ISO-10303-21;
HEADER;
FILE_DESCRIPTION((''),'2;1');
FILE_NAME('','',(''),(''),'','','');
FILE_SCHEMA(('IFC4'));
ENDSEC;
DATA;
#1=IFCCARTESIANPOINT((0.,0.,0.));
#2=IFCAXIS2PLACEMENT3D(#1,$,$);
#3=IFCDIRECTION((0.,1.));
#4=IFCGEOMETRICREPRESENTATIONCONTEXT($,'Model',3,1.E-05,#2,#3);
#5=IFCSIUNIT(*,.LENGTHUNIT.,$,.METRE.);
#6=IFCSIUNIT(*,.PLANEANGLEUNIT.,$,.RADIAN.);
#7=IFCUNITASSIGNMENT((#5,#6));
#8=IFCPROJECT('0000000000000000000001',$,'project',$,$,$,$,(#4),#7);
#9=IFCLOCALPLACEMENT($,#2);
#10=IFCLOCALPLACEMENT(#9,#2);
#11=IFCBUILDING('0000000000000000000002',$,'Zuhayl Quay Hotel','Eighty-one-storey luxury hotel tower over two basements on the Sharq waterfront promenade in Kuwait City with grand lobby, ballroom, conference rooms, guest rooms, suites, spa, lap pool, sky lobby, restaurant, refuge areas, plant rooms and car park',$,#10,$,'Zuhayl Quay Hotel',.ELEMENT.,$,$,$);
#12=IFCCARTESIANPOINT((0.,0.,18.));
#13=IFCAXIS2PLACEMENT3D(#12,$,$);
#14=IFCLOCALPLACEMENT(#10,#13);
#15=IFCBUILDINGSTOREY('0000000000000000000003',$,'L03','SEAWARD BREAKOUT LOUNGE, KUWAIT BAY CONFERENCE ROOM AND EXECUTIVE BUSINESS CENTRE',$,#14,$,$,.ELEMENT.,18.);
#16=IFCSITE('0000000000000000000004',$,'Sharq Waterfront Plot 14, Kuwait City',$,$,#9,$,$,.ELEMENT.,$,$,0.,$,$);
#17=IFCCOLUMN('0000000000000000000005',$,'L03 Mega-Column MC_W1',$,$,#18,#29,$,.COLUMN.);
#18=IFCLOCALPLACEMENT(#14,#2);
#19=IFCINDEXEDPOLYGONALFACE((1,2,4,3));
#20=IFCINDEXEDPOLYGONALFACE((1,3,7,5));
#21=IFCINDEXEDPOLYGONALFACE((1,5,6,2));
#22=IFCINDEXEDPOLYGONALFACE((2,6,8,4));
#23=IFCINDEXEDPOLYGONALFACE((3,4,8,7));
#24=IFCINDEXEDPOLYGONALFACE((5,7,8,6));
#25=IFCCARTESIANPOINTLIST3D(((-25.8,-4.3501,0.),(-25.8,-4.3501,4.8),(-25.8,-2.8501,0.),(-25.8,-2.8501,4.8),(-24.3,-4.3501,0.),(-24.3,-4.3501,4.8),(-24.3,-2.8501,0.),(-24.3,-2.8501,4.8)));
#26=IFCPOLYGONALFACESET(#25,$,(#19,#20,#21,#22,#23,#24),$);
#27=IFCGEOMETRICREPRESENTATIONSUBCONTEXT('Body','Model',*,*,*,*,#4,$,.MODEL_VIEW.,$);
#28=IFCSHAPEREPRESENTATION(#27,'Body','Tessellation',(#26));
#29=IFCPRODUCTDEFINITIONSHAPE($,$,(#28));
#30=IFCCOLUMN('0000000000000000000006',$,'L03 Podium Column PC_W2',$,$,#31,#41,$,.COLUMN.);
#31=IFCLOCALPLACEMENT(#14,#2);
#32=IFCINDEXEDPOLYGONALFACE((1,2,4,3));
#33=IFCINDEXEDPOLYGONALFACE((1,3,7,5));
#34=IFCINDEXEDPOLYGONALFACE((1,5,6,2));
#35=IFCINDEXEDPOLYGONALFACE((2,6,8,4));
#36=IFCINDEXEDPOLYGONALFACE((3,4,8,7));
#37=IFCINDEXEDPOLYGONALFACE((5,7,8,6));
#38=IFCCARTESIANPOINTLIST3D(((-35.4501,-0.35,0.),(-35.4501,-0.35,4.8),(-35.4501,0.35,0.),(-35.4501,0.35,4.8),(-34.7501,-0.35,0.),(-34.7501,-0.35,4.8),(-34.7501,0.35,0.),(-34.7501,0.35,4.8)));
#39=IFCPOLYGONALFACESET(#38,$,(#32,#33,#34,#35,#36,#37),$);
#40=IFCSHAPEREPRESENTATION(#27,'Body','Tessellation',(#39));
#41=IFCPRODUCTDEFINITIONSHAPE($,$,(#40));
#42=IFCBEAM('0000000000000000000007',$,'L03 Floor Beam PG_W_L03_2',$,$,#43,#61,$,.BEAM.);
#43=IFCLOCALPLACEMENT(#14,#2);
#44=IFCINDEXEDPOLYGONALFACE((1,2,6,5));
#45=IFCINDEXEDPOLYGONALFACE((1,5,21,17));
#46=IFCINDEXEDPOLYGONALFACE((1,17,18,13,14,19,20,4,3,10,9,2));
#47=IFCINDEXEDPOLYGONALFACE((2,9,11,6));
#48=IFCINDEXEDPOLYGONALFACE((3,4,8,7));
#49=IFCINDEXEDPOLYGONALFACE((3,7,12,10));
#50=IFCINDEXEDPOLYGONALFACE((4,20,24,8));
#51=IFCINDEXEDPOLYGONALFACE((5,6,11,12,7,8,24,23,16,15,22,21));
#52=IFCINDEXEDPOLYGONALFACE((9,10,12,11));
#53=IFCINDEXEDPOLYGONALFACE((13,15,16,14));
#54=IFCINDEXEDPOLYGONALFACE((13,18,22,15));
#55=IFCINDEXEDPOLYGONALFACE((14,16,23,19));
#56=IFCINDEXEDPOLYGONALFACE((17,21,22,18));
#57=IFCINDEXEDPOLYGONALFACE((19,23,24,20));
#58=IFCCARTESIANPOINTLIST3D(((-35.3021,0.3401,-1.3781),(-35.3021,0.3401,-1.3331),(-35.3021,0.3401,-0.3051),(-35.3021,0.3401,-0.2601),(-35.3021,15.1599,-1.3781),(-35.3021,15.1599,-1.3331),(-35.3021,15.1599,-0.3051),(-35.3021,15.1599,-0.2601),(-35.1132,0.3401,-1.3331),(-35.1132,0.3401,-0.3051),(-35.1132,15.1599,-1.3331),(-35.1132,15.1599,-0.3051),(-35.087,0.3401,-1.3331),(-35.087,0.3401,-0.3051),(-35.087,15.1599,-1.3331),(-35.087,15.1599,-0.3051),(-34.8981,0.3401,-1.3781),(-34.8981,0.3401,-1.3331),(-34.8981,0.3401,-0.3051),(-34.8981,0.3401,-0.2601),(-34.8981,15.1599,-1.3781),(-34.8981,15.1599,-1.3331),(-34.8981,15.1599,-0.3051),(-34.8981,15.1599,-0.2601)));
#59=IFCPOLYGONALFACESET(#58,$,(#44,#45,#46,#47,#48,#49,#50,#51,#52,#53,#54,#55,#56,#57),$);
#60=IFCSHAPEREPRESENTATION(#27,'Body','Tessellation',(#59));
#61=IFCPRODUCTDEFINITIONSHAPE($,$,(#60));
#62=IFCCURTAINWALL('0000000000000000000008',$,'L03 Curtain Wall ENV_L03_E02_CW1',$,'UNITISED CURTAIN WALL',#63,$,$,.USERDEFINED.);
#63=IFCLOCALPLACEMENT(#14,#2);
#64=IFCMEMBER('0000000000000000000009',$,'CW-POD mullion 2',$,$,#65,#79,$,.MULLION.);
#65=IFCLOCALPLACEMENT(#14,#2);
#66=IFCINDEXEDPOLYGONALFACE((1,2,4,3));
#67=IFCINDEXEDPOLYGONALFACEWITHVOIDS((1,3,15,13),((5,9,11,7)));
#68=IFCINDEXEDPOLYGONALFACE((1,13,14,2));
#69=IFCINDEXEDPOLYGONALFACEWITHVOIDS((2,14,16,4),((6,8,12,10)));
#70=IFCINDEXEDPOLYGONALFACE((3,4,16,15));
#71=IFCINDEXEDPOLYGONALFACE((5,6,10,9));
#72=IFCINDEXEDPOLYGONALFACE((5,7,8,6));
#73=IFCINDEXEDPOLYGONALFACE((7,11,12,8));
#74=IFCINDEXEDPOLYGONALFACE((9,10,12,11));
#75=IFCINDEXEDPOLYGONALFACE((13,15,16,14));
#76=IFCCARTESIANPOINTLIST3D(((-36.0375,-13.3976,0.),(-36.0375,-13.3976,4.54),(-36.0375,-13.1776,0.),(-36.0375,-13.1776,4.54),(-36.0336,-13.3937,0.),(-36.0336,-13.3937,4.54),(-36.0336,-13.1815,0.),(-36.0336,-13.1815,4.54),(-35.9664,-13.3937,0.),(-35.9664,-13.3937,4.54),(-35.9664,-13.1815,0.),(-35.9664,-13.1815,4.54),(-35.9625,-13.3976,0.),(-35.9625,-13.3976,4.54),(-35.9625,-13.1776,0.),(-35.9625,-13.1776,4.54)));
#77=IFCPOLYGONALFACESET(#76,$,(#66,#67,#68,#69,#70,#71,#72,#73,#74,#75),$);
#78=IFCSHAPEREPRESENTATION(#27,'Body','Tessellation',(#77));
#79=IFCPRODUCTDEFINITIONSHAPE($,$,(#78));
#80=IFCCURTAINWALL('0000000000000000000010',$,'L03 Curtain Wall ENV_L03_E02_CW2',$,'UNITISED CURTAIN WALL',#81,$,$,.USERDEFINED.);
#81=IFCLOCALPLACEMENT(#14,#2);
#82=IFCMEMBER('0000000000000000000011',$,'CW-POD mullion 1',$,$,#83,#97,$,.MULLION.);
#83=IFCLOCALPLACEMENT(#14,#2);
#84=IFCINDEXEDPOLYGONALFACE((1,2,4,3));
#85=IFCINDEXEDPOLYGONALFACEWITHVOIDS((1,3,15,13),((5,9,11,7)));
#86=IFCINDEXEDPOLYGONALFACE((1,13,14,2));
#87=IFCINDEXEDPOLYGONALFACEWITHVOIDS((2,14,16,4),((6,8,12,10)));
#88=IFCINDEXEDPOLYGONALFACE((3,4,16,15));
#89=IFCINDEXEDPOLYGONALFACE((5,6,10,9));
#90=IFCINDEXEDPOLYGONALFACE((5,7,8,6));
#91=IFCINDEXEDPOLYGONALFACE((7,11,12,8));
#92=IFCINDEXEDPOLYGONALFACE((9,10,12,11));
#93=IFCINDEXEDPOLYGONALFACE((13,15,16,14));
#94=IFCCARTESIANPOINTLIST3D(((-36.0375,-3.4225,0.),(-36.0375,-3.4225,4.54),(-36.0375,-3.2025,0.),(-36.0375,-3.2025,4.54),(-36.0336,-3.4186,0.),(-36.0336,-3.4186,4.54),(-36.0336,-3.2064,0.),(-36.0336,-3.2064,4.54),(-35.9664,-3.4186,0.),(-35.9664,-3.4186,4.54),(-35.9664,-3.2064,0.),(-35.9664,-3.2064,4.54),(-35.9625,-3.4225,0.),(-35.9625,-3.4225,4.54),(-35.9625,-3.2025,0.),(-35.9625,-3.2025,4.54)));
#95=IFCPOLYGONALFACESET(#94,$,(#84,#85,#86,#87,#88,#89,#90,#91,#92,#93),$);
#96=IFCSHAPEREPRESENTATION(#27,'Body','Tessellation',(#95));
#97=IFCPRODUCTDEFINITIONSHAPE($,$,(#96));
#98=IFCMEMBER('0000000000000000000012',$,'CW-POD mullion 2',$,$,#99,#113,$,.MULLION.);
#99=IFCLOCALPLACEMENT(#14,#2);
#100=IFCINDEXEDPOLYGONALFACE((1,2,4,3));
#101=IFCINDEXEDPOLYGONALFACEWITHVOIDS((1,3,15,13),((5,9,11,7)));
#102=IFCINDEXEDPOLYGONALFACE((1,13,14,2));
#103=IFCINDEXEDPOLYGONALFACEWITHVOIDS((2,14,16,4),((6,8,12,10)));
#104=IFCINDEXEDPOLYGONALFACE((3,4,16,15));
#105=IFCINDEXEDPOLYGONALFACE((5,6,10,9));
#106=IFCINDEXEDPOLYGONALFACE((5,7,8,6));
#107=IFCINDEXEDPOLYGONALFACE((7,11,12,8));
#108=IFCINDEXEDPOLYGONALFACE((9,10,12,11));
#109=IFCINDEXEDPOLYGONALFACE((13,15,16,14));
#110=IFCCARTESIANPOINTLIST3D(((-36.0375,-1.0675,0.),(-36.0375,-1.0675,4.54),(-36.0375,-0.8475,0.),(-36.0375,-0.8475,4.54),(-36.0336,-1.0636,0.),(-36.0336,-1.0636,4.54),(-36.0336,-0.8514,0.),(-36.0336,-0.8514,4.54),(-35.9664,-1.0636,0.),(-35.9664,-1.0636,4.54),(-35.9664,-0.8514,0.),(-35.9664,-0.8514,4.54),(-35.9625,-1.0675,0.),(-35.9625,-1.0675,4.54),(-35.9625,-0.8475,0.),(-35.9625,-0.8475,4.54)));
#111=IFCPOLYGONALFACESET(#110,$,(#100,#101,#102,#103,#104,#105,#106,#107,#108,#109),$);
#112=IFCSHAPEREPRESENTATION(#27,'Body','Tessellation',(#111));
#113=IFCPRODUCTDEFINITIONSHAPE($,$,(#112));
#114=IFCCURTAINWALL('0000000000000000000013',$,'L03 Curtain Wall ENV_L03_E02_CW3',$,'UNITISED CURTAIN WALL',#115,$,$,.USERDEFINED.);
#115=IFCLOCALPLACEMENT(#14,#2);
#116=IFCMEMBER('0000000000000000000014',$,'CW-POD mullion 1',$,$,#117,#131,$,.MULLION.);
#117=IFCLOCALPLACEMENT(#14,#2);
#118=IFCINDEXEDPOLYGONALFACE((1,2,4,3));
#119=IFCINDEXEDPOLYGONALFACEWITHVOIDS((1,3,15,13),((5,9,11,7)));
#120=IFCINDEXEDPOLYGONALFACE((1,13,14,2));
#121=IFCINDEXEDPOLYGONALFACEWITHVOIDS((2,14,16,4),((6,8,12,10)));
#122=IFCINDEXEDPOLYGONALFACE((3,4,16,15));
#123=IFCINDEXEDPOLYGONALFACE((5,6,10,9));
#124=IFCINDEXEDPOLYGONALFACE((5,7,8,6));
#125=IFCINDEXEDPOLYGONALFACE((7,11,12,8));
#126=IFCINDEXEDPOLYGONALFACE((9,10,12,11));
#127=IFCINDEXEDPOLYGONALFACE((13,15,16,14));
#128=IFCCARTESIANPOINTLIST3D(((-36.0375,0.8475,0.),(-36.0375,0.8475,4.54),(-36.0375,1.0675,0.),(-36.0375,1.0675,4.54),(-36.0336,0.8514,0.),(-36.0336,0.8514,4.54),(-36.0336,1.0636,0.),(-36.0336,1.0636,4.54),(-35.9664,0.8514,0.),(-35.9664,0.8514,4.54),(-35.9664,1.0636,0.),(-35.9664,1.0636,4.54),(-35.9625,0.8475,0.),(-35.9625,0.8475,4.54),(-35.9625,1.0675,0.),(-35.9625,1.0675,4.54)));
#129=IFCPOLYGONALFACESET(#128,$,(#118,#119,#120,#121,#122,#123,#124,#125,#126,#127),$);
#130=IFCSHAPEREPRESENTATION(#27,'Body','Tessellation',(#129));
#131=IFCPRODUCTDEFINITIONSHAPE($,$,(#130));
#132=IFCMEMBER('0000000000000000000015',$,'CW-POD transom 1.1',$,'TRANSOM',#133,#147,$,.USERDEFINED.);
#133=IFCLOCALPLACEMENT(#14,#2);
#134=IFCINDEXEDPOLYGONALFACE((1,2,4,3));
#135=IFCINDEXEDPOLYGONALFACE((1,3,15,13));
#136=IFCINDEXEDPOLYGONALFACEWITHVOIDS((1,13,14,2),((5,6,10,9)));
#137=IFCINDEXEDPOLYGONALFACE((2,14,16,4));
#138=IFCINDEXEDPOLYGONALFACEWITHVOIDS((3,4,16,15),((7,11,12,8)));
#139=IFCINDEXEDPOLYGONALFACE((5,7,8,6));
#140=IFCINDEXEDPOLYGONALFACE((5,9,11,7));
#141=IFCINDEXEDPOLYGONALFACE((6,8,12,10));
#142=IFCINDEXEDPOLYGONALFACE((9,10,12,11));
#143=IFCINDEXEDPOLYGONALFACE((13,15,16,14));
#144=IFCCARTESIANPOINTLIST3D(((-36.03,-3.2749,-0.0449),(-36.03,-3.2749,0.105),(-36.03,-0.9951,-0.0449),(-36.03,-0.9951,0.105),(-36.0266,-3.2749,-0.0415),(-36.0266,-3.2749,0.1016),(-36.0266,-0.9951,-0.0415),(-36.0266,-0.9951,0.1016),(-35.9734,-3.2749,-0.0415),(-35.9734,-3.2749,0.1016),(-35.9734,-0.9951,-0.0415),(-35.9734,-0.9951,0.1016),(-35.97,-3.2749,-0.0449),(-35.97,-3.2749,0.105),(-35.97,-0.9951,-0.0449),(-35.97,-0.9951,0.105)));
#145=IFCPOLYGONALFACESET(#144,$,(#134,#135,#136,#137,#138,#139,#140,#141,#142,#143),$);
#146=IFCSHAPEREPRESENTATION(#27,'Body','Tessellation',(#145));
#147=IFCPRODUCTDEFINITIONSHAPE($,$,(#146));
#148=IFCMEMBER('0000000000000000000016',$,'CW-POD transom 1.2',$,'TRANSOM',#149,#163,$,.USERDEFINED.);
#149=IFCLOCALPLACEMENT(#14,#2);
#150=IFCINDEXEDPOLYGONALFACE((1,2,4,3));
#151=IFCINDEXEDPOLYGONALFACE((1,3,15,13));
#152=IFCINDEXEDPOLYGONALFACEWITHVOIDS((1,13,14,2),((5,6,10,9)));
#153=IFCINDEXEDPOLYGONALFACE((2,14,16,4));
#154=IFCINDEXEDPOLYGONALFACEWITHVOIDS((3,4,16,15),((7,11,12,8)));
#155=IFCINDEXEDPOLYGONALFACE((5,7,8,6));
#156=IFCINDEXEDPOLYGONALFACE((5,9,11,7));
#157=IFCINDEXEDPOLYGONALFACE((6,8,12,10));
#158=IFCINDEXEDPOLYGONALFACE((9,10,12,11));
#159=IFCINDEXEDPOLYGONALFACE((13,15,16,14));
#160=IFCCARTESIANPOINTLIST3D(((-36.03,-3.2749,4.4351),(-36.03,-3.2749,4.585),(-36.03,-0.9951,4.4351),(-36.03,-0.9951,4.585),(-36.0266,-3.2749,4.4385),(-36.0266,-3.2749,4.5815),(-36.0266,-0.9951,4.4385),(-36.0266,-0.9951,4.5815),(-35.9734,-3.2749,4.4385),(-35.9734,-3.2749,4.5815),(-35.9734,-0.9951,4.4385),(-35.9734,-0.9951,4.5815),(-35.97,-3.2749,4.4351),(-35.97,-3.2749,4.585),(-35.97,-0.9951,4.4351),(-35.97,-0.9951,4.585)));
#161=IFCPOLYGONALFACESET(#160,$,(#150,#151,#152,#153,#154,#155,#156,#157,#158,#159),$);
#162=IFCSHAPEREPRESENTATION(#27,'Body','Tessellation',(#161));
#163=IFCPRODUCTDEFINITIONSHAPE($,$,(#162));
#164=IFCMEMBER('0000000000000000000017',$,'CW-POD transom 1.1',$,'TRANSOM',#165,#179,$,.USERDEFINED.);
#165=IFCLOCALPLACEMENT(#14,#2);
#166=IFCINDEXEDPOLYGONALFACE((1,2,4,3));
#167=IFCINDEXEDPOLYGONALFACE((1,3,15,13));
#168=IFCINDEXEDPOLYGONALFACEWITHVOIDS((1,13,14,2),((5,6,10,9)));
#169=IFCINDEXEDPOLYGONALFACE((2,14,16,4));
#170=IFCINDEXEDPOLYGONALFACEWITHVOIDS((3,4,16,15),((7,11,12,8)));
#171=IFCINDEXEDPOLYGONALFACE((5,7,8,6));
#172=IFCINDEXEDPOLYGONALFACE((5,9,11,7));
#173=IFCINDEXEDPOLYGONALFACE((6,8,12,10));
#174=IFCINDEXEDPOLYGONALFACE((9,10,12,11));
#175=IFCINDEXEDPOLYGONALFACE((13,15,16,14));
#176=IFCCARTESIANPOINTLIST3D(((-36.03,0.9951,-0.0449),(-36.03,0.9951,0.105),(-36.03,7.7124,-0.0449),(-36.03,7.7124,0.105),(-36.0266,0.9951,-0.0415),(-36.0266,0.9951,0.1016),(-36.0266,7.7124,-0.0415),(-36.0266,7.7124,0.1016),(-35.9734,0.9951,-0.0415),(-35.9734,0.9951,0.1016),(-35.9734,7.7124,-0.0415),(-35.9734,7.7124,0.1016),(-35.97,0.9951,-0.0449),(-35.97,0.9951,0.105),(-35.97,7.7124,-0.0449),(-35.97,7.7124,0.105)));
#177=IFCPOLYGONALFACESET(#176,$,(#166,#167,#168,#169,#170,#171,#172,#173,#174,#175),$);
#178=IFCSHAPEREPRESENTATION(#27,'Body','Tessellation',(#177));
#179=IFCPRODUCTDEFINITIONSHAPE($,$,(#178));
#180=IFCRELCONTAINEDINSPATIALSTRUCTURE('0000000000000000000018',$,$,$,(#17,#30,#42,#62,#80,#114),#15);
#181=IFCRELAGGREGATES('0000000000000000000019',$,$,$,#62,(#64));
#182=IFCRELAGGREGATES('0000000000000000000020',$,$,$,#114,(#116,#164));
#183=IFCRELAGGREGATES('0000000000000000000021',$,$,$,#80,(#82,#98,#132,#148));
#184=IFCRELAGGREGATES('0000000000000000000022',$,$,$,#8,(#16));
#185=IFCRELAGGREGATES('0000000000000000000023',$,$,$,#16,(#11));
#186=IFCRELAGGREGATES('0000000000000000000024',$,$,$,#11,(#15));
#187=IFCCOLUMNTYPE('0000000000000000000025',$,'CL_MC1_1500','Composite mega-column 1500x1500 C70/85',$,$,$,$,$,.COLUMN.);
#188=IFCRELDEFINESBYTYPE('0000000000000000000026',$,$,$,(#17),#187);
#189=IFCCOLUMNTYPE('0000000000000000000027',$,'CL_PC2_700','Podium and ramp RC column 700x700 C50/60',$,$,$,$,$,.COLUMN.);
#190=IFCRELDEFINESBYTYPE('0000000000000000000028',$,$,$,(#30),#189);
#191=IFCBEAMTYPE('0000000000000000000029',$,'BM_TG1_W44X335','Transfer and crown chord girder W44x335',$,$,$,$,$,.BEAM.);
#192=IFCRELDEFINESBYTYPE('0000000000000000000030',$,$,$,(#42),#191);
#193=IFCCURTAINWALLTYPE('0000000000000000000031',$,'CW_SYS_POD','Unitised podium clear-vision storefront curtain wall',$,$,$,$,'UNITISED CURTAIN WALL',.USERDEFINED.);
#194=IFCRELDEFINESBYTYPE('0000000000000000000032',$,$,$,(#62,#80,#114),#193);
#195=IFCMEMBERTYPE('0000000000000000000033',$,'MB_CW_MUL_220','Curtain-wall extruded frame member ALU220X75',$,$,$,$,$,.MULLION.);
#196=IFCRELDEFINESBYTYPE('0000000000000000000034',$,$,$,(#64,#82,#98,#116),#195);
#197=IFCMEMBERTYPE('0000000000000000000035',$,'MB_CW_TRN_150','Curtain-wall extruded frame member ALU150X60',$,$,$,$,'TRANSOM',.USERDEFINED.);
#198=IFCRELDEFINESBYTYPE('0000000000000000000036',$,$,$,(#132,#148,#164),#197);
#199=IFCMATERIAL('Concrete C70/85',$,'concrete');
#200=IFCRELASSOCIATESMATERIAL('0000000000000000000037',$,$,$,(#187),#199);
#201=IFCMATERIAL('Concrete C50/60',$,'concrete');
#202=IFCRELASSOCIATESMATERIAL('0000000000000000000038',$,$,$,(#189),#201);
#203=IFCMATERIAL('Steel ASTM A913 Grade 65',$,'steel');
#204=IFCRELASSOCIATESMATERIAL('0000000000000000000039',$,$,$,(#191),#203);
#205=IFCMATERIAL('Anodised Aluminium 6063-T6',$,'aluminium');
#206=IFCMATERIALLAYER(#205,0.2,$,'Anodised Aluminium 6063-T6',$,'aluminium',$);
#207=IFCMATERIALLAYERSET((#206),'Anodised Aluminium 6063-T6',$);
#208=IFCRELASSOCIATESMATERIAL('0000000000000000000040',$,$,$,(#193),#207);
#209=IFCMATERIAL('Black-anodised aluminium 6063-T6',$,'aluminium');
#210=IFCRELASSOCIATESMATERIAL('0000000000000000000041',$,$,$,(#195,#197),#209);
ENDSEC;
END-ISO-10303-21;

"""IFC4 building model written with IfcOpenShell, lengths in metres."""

from ifc_helpers import new_model, si_unit, direction, frame, origin, origin_2d, place, context, subcontext, project, spatial, rectangle, hollow_rectangle, i_section, extrude, material, layer, layer_set, material_profile, profile_set, type_object, element, aggregate, save


model = new_model("IFC4")

# Units and contexts
model_context = context("Model", 3, precision=1e-05, world=origin(), true_north=direction((0.0, 1.0)))
body_context = subcontext(model_context, "Body", "Model", "MODEL_VIEW")
ifc_project = project(units=[si_unit("LENGTHUNIT", "METRE"), si_unit("PLANEANGLEUNIT", "RADIAN")], contexts=[model_context])

# Site, building, storey
site_placement = place(None, origin())
site = spatial("IfcSite", under=ifc_project, at=site_placement, Name="Sharq Waterfront Plot 14, Kuwait City", CompositionType="ELEMENT", RefElevation=0.0)
building_placement = place(site_placement, origin())
building = spatial("IfcBuilding", under=site, at=building_placement, Name="Zuhayl Quay Hotel", Description="Eighty-one-storey luxury hotel tower over two basements on the Sharq waterfront promenade in Kuwait City with grand lobby, ballroom, conference rooms, guest rooms, suites, spa, lap pool, sky lobby, restaurant, refuge areas, plant rooms and car park", LongName="Zuhayl Quay Hotel", CompositionType="ELEMENT")
storey_placement = place(building_placement, frame((0.0, 0.0, 18.0)))
storey = spatial("IfcBuildingStorey", under=building, at=storey_placement, Name="L03", Description="SEAWARD BREAKOUT LOUNGE, KUWAIT BAY CONFERENCE ROOM AND EXECUTIVE BUSINESS CENTRE", CompositionType="ELEMENT", Elevation=18.0)

# Columns
ifc_material_1 = material(Name="Concrete C70/85", Category="concrete")
ifc_material_profile_1 = material_profile(ifc_material_1, rectangle(XDim=1.5, YDim=1.5, at=origin_2d()), Name="RC1500X1500")
ifc_profile_set_1 = profile_set([ifc_material_profile_1], Name="Concrete C70/85")
column_type_1 = type_object("IfcColumnType", Name="CL_MC1_1500", Description="Composite mega-column 1500x1500 C70/85", PredefinedType="COLUMN", material=ifc_profile_set_1)
column_1_placement = place(storey_placement, frame((-25.05, -3.6001, 0.0), z_axis=(0.0, 0.0, 1.0), x_axis=(1.0, 0.0, 0.0)))
element("IfcColumn", 1, at=column_1_placement, inside=storey, type_object=column_type_1, Name="L03 Mega-Column MC_W1", PredefinedType="COLUMN", context=body_context, shape_type="SweptSolid", body=[
    extrude(rectangle(XDim=1.5, YDim=1.5, at=origin_2d()), origin(), (0.0, 0.0, 1.0), 4.8),
])
ifc_material_2 = material(Name="Concrete C50/60", Category="concrete")
ifc_material_profile_2 = material_profile(ifc_material_2, rectangle(XDim=0.7, YDim=0.7, at=origin_2d()), Name="RC700X700")
ifc_profile_set_2 = profile_set([ifc_material_profile_2], Name="Concrete C50/60")
column_type_2 = type_object("IfcColumnType", Name="CL_PC2_700", Description="Podium and ramp RC column 700x700 C50/60", PredefinedType="COLUMN", material=ifc_profile_set_2)
column_2_placement = place(storey_placement, frame((-35.1001, 0.0, 0.0), z_axis=(0.0, 0.0, 1.0), x_axis=(1.0, 0.0, 0.0)))
element("IfcColumn", 2, at=column_2_placement, inside=storey, type_object=column_type_2, Name="L03 Podium Column PC_W2", PredefinedType="COLUMN", context=body_context, shape_type="SweptSolid", body=[
    extrude(rectangle(XDim=0.7, YDim=0.7, at=origin_2d()), origin(), (0.0, 0.0, 1.0), 4.8),
])

# Beam
ifc_material_3 = material(Name="Steel ASTM A913 Grade 65", Category="steel")
ifc_material_profile_3 = material_profile(ifc_material_3, i_section(OverallWidth=0.4041, OverallDepth=1.1179, WebThickness=0.0261, FlangeThickness=0.0449, at=origin_2d()), Name="W44X335")
ifc_profile_set_3 = profile_set([ifc_material_profile_3], Name="Steel ASTM A913 Grade 65")
beam_type = type_object("IfcBeamType", Name="BM_TG1_W44X335", Description="Transfer and crown chord girder W44x335", PredefinedType="BEAM", material=ifc_profile_set_3)
beam_placement = place(storey_placement, frame((-35.1001, 0.3401, -0.8191), z_axis=(0.0, 1.0, 0.0), x_axis=(-1.0, 0.0, 0.0)))
element("IfcBeam", 3, at=beam_placement, inside=storey, type_object=beam_type, Name="L03 Floor Beam PG_W_L03_2", PredefinedType="BEAM", context=body_context, shape_type="SweptSolid", body=[
    extrude(i_section(OverallWidth=0.4041, OverallDepth=1.1179, WebThickness=0.0261, FlangeThickness=0.0449, at=origin_2d()), origin(), (0.0, 0.0, 1.0), 14.8198),
])

# Curtain wall, member
ifc_material_4 = material(Name="Anodised Aluminium 6063-T6", Category="aluminium")
ifc_layer_1 = layer(ifc_material_4, 0.2, Name="Anodised Aluminium 6063-T6", Category="aluminium")
ifc_layer_set_1 = layer_set([ifc_layer_1], Name="Anodised Aluminium 6063-T6")
curtain_wall_type = type_object("IfcCurtainWallType", Name="CW_SYS_POD", Description="Unitised podium clear-vision storefront curtain wall", ElementType="UNITISED CURTAIN WALL", PredefinedType="USERDEFINED", material=ifc_layer_set_1)
curtain_wall_1_placement = place(storey_placement, origin())
curtain_wall_1 = element("IfcCurtainWall", 4, at=curtain_wall_1_placement, inside=storey, type_object=curtain_wall_type, Name="L03 Curtain Wall ENV_L03_E02_CW1", ObjectType="UNITISED CURTAIN WALL", PredefinedType="USERDEFINED")
ifc_material_5 = material(Name="Black-anodised aluminium 6063-T6", Category="aluminium")
ifc_material_profile_4 = material_profile(ifc_material_5, hollow_rectangle(XDim=0.075, YDim=0.22, WallThickness=0.0039, at=origin_2d()), Name="ALU220X75")
ifc_profile_set_4 = profile_set([ifc_material_profile_4], Name="Black-anodised aluminium 6063-T6")
member_type_1 = type_object("IfcMemberType", Name="MB_CW_MUL_220", Description="Curtain-wall extruded frame member ALU220X75", PredefinedType="MULLION", material=ifc_profile_set_4)
member_1_placement = place(storey_placement, frame((-36.0, -13.2876, 0.0), z_axis=(0.0, 0.0, 1.0), x_axis=(-1.0, 0.0, 0.0)))
member_1 = element("IfcMember", 5, at=member_1_placement, type_object=member_type_1, Name="CW-POD mullion 2", PredefinedType="MULLION", context=body_context, shape_type="SweptSolid", body=[
    extrude(hollow_rectangle(XDim=0.075, YDim=0.22, WallThickness=0.0039, at=origin_2d()), origin(), (0.0, 0.0, 1.0), 4.54),
])
aggregate(curtain_wall_1, [member_1])

# Curtain wall, members
curtain_wall_2_placement = place(storey_placement, origin())
curtain_wall_2 = element("IfcCurtainWall", 6, at=curtain_wall_2_placement, inside=storey, type_object=curtain_wall_type, Name="L03 Curtain Wall ENV_L03_E02_CW2", ObjectType="UNITISED CURTAIN WALL", PredefinedType="USERDEFINED")
member_2_placement = place(storey_placement, frame((-36.0, -3.3125, 0.0), z_axis=(0.0, 0.0, 1.0), x_axis=(-1.0, 0.0, 0.0)))
member_2 = element("IfcMember", 7, at=member_2_placement, type_object=member_type_1, Name="CW-POD mullion 1", PredefinedType="MULLION", context=body_context, shape_type="SweptSolid", body=[
    extrude(hollow_rectangle(XDim=0.075, YDim=0.22, WallThickness=0.0039, at=origin_2d()), origin(), (0.0, 0.0, 1.0), 4.54),
])
member_3_placement = place(storey_placement, frame((-36.0, -0.9575, 0.0), z_axis=(0.0, 0.0, 1.0), x_axis=(-1.0, 0.0, 0.0)))
member_3 = element("IfcMember", 8, at=member_3_placement, type_object=member_type_1, Name="CW-POD mullion 2", PredefinedType="MULLION", context=body_context, shape_type="SweptSolid", body=[
    extrude(hollow_rectangle(XDim=0.075, YDim=0.22, WallThickness=0.0039, at=origin_2d()), origin(), (0.0, 0.0, 1.0), 4.54),
])

# Curtain wall, member
curtain_wall_3_placement = place(storey_placement, origin())
curtain_wall_3 = element("IfcCurtainWall", 9, at=curtain_wall_3_placement, inside=storey, type_object=curtain_wall_type, Name="L03 Curtain Wall ENV_L03_E02_CW3", ObjectType="UNITISED CURTAIN WALL", PredefinedType="USERDEFINED")
member_4_placement = place(storey_placement, frame((-36.0, 0.9575, 0.0), z_axis=(0.0, 0.0, 1.0), x_axis=(-1.0, 0.0, 0.0)))
member_4 = element("IfcMember", 10, at=member_4_placement, type_object=member_type_1, Name="CW-POD mullion 1", PredefinedType="MULLION", context=body_context, shape_type="SweptSolid", body=[
    extrude(hollow_rectangle(XDim=0.075, YDim=0.22, WallThickness=0.0039, at=origin_2d()), origin(), (0.0, 0.0, 1.0), 4.54),
])

# Members
ifc_material_profile_5 = material_profile(ifc_material_5, hollow_rectangle(XDim=0.0601, YDim=0.1499, WallThickness=0.0034, at=origin_2d()), Name="ALU150X60")
ifc_profile_set_5 = profile_set([ifc_material_profile_5], Name="Black-anodised aluminium 6063-T6")
member_type_2 = type_object("IfcMemberType", Name="MB_CW_TRN_150", Description="Curtain-wall extruded frame member ALU150X60", ElementType="TRANSOM", PredefinedType="USERDEFINED", material=ifc_profile_set_5)
member_5_placement = place(storey_placement, frame((-36.0, -3.2749, 0.03), z_axis=(0.0, 1.0, 0.0), x_axis=(-1.0, 0.0, 0.0)))
member_5 = element("IfcMember", 11, at=member_5_placement, type_object=member_type_2, Name="CW-POD transom 1.1", ObjectType="TRANSOM", PredefinedType="USERDEFINED", context=body_context, shape_type="SweptSolid", body=[
    extrude(hollow_rectangle(XDim=0.0601, YDim=0.1499, WallThickness=0.0034, at=origin_2d()), origin(), (0.0, 0.0, 1.0), 2.2798),
])
member_6_placement = place(storey_placement, frame((-36.0, -3.2749, 4.51), z_axis=(0.0, 1.0, 0.0), x_axis=(-1.0, 0.0, 0.0)))
member_6 = element("IfcMember", 12, at=member_6_placement, type_object=member_type_2, Name="CW-POD transom 1.2", ObjectType="TRANSOM", PredefinedType="USERDEFINED", context=body_context, shape_type="SweptSolid", body=[
    extrude(hollow_rectangle(XDim=0.0601, YDim=0.1499, WallThickness=0.0034, at=origin_2d()), origin(), (0.0, 0.0, 1.0), 2.2798),
])
member_7_placement = place(storey_placement, frame((-36.0, 0.9951, 0.03), z_axis=(0.0, 1.0, 0.0), x_axis=(-1.0, 0.0, 0.0)))
member_7 = element("IfcMember", 13, at=member_7_placement, type_object=member_type_2, Name="CW-POD transom 1.1", ObjectType="TRANSOM", PredefinedType="USERDEFINED", context=body_context, shape_type="SweptSolid", body=[
    extrude(hollow_rectangle(XDim=0.0601, YDim=0.1499, WallThickness=0.0034, at=origin_2d()), origin(), (0.0, 0.0, 1.0), 6.7173),
])
aggregate(curtain_wall_3, [member_4, member_7])

aggregate(curtain_wall_2, [member_2, member_3, member_5, member_6])

save(model, "model.ifc")
